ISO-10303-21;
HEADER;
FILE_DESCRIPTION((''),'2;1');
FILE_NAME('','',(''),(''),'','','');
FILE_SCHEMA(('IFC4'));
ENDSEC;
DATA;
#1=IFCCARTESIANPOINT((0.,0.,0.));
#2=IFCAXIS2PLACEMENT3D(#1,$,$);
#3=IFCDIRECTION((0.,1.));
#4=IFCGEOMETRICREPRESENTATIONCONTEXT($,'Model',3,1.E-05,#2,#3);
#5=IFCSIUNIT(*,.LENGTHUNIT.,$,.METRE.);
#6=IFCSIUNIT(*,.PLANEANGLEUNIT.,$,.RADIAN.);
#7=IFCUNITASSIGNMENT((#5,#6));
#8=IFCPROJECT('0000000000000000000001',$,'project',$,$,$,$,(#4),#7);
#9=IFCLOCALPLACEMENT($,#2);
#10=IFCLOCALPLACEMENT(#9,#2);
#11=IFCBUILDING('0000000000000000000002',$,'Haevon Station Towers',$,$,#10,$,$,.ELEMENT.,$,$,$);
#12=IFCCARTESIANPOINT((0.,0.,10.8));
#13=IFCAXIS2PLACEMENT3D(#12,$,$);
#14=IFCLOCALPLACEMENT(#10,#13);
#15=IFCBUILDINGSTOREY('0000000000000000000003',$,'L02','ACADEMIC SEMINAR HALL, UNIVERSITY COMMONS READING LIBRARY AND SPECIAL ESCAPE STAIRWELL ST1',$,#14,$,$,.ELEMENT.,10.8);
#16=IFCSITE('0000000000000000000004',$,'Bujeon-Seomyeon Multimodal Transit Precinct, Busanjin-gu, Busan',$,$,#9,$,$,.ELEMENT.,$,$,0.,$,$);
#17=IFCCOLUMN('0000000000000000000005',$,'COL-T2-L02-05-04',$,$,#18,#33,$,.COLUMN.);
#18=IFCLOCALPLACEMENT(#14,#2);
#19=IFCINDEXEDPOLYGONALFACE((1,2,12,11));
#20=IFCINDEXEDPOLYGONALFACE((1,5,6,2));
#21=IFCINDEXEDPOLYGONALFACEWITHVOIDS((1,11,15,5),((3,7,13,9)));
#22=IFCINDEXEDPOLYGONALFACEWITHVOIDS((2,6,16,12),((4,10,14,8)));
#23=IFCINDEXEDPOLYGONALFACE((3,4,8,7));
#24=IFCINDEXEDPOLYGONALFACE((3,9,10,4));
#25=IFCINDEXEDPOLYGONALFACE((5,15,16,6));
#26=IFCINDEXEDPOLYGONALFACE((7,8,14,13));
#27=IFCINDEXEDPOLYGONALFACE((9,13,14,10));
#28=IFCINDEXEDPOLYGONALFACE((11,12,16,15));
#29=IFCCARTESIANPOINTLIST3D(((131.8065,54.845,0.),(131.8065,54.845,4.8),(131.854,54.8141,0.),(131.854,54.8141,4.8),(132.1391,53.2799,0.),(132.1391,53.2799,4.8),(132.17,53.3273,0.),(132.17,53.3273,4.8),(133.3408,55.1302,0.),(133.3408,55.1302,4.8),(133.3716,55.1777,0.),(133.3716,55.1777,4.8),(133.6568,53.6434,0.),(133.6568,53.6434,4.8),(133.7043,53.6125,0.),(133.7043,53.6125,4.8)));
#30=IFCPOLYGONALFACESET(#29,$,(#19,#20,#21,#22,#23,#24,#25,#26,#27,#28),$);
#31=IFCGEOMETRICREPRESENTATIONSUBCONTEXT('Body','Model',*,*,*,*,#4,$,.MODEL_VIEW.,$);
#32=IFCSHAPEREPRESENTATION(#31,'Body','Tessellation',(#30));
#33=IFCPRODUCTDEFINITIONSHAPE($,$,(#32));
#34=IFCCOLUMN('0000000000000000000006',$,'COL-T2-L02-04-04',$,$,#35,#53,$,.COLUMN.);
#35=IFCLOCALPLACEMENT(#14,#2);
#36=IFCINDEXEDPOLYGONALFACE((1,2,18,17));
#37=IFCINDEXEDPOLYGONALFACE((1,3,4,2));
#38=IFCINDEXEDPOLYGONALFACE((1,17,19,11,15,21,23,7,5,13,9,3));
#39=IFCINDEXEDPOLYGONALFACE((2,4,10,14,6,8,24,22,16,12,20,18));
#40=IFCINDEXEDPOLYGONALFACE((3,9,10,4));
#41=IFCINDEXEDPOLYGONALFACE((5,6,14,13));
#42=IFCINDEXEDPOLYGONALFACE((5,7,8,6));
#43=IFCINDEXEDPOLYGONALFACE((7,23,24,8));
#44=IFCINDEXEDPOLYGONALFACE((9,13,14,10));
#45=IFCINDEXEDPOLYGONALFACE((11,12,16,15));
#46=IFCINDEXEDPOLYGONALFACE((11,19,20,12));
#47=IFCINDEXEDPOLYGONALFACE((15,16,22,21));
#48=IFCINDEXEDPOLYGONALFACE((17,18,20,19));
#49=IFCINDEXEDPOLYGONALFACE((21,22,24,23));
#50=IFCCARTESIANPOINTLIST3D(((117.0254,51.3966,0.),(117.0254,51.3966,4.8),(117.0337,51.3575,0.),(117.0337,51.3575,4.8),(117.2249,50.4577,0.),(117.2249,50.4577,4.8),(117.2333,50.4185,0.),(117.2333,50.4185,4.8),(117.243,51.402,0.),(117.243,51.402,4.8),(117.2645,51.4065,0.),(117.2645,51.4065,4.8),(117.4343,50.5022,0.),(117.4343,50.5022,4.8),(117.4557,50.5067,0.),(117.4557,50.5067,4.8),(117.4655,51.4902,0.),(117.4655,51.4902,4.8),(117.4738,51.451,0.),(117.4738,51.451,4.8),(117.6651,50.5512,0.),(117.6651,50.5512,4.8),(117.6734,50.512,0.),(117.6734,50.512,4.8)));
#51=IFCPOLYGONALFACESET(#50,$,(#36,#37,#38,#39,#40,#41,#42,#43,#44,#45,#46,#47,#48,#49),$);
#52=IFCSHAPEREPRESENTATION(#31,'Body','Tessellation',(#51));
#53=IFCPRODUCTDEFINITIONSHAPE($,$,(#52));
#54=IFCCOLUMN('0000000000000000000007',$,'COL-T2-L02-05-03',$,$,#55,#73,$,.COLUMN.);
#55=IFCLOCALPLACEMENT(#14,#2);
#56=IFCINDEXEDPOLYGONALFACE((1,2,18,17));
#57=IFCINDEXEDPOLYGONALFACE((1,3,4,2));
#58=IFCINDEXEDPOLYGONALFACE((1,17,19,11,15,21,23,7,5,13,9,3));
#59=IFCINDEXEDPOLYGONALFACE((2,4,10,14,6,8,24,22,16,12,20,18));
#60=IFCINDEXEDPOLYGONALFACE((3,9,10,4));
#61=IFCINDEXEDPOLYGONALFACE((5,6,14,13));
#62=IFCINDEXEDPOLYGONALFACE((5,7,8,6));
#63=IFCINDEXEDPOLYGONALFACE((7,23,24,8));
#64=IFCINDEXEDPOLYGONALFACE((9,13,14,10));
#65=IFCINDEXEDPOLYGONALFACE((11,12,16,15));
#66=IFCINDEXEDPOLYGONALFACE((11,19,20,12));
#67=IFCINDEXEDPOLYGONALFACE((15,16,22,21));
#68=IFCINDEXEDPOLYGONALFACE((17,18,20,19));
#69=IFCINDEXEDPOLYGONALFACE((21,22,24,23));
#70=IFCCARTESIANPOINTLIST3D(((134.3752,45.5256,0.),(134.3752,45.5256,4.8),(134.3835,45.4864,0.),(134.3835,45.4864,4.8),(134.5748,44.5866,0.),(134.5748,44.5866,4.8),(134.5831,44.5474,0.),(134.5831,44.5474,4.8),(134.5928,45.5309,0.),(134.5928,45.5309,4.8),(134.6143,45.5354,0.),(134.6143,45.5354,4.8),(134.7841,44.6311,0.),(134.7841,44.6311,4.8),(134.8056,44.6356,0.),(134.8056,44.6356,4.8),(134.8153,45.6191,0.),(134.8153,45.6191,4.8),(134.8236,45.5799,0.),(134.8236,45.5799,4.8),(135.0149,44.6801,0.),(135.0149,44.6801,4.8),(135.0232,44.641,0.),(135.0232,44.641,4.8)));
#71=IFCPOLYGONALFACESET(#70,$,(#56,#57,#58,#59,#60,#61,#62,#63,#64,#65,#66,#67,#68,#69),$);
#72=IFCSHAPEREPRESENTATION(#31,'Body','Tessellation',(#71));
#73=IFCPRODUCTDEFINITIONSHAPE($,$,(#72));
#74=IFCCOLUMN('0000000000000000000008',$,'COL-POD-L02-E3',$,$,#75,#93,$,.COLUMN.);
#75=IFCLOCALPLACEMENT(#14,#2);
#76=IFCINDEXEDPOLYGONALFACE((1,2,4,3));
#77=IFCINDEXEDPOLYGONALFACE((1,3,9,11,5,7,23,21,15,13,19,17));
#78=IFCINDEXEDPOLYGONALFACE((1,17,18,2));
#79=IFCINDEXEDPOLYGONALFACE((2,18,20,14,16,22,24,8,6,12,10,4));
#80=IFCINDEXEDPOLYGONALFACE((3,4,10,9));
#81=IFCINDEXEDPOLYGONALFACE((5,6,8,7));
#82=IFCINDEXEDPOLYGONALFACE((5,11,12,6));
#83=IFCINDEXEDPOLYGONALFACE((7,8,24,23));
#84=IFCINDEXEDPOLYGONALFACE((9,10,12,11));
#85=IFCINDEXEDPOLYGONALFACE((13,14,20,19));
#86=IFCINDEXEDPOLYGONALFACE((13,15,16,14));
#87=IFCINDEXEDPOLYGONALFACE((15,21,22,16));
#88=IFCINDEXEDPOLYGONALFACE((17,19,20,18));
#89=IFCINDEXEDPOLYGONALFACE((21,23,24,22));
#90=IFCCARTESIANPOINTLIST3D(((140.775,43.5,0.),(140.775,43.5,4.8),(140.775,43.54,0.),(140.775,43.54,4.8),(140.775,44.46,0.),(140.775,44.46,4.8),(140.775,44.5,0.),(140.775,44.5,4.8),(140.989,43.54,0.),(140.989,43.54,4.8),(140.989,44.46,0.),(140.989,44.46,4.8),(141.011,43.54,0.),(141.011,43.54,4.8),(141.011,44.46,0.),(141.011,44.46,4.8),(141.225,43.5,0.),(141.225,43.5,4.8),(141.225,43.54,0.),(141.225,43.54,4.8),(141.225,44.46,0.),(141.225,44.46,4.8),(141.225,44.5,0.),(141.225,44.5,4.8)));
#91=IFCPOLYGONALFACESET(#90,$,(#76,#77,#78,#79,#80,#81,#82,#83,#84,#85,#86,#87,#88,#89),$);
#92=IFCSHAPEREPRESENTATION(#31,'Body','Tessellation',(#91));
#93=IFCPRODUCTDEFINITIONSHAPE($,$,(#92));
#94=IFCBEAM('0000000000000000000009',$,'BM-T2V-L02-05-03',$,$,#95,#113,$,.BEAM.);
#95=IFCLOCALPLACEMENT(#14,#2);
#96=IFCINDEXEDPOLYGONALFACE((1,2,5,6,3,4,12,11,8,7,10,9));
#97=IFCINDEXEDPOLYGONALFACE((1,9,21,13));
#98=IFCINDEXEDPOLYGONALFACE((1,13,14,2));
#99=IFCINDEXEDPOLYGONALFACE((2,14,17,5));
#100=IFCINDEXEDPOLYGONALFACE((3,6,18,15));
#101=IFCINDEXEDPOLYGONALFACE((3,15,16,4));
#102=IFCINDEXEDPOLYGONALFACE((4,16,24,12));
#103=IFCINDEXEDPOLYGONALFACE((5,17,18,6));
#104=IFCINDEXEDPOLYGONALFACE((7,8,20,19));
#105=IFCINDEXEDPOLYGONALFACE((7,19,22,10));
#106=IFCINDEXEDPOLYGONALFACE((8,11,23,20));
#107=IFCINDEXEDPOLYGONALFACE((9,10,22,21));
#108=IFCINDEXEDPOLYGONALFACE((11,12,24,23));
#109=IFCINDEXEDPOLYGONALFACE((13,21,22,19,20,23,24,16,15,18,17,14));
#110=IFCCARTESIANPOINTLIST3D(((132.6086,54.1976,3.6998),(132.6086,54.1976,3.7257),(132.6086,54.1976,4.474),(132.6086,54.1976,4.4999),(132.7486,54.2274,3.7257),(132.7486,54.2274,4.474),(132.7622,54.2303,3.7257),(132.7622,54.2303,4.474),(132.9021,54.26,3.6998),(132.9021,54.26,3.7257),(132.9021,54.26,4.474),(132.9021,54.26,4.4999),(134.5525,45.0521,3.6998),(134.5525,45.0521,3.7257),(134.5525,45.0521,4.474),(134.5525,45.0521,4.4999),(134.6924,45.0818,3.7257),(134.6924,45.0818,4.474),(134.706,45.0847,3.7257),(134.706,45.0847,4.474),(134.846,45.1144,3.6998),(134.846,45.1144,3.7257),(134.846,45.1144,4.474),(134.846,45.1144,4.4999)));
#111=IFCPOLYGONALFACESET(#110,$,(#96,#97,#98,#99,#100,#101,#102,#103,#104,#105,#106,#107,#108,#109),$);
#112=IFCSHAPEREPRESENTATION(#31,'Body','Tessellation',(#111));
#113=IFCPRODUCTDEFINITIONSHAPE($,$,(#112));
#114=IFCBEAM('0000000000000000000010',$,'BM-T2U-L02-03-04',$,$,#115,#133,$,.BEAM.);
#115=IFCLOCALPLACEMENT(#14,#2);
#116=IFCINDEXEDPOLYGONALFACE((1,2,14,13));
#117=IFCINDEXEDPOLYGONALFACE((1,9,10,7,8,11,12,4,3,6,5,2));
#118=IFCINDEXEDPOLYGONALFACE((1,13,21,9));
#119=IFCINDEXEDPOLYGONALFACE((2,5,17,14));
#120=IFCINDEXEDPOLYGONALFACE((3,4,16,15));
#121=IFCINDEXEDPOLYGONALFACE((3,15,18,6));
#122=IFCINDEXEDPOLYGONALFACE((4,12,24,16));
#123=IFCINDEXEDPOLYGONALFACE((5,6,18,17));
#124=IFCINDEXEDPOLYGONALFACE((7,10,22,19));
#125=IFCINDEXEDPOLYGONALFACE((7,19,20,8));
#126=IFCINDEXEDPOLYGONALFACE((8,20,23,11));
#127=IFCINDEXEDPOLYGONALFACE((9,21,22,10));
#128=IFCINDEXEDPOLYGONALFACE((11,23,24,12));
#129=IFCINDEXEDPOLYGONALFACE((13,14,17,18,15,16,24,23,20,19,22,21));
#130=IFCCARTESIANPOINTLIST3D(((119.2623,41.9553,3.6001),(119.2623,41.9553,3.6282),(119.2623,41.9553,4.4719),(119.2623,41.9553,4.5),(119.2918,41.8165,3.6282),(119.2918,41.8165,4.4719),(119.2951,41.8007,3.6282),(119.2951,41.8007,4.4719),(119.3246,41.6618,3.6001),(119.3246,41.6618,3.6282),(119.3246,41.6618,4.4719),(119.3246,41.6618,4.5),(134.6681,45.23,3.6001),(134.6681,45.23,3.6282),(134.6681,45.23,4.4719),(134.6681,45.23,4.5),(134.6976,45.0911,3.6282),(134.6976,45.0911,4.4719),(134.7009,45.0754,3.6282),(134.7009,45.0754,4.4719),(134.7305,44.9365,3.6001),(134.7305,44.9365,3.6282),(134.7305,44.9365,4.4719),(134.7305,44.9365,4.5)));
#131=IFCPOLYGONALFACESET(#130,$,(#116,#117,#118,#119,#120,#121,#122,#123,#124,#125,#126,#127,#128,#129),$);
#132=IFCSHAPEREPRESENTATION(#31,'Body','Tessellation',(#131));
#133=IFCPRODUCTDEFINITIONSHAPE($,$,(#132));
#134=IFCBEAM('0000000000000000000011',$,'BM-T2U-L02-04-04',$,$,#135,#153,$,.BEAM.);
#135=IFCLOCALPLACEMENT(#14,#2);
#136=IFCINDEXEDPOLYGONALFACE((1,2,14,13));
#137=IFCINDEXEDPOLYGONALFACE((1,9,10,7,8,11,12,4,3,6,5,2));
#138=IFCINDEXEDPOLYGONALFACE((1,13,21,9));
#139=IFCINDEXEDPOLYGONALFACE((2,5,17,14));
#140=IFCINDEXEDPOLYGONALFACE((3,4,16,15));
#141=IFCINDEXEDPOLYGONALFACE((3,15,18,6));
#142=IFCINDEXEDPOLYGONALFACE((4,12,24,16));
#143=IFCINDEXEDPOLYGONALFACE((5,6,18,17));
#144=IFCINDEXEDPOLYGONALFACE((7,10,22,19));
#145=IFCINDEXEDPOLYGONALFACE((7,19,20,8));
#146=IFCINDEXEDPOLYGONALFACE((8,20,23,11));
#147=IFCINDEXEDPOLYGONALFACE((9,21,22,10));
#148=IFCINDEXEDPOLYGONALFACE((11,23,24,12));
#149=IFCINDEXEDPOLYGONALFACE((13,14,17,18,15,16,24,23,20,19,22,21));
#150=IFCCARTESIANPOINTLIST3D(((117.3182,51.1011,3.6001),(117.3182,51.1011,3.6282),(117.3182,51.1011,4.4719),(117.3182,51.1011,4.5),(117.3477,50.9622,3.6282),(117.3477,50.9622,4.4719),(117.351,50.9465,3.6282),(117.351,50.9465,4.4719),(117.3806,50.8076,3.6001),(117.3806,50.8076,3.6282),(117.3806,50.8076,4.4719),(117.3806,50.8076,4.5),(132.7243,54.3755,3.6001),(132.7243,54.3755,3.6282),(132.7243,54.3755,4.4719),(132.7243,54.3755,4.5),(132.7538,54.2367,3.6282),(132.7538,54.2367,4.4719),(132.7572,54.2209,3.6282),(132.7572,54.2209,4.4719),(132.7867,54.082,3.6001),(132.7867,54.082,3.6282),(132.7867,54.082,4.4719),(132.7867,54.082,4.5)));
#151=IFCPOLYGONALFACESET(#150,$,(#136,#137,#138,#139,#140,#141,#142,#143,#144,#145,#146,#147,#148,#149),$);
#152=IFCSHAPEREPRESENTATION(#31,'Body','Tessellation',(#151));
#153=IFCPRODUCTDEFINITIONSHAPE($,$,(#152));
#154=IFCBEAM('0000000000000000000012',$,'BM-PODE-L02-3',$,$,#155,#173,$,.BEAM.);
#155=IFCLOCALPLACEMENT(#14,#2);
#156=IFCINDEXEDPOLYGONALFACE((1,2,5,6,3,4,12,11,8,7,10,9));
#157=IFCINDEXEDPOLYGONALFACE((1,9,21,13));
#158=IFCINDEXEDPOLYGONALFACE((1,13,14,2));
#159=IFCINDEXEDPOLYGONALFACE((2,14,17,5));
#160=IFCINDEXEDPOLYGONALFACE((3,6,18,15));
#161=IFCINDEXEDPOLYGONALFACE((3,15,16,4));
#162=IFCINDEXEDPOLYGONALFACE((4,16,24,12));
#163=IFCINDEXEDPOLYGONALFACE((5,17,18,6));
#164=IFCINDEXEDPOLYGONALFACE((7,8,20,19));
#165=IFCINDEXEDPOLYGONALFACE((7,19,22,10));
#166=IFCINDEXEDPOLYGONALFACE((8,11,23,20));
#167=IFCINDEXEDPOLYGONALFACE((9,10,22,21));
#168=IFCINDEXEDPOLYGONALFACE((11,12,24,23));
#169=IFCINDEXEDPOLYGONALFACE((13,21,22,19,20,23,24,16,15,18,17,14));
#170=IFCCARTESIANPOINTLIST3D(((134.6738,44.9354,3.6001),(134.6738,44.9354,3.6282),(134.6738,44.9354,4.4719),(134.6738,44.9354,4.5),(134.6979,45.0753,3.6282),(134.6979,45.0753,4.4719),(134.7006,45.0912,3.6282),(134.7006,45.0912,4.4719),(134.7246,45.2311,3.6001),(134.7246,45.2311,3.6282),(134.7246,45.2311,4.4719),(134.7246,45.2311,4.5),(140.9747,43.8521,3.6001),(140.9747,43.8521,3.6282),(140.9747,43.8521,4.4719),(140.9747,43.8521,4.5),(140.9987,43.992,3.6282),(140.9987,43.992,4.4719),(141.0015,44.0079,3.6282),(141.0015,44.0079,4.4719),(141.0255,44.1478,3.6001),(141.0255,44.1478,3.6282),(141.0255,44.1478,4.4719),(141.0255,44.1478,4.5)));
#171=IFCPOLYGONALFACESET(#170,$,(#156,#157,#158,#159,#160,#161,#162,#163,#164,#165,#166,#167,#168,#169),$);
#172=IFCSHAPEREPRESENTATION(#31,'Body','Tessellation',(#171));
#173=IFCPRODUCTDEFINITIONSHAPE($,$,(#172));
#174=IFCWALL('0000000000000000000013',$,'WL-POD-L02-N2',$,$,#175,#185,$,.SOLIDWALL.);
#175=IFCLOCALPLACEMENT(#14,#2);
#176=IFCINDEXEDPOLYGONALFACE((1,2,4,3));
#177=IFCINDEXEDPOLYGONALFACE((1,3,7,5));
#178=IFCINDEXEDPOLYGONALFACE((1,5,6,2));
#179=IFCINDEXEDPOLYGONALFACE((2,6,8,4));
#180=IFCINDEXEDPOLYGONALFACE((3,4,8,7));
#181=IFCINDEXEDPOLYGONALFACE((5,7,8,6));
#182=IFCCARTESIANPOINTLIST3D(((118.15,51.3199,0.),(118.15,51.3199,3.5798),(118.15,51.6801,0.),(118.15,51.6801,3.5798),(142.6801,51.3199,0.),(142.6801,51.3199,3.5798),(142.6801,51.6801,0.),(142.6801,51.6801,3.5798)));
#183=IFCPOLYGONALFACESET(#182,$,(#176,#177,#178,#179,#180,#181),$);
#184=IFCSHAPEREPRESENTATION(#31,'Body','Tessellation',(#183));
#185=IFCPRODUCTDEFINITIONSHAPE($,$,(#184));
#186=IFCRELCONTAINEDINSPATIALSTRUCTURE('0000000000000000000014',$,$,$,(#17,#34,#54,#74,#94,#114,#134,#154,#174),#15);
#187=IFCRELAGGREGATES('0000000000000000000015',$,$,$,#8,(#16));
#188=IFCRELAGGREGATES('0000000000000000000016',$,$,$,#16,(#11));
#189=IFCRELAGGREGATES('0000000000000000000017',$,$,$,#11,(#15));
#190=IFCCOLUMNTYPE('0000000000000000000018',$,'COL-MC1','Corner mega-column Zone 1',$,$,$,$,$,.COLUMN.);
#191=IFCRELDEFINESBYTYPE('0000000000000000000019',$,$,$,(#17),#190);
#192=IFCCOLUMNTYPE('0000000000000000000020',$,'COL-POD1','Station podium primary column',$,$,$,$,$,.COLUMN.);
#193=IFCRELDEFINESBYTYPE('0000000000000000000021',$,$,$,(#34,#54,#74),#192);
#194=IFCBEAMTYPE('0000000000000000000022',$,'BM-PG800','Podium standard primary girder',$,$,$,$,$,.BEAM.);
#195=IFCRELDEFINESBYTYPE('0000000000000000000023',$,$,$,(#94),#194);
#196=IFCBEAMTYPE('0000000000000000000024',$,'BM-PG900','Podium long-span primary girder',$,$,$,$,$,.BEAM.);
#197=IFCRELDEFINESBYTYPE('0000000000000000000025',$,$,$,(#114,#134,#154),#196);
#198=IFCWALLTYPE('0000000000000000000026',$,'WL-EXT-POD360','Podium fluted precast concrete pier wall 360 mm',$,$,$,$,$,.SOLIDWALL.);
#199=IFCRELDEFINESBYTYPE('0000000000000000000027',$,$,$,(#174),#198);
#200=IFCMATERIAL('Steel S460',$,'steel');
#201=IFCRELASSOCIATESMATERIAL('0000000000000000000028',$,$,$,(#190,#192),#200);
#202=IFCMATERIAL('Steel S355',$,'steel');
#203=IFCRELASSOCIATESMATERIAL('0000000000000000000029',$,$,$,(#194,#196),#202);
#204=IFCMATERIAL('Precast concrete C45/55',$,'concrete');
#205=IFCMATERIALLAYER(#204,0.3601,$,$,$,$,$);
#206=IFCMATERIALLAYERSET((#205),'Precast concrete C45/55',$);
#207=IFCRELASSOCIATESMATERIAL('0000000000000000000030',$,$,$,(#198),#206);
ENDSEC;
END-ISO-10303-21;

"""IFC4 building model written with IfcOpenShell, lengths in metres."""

from ifc_helpers import new_model, si_unit, direction, frame, frame_2d, origin, origin_2d, place, context, subcontext, project, spatial, rectangle, hollow_rectangle, i_section, extrude, material, layer, layer_set, material_profile, profile_set, type_object, element, save


model = new_model("IFC4")

# Units and contexts
model_context = context("Model", 3, precision=1e-05, world=origin(), true_north=direction((0.0, 1.0)))
body_context = subcontext(model_context, "Body", "Model", "MODEL_VIEW")
ifc_project = project(units=[si_unit("LENGTHUNIT", "METRE"), si_unit("PLANEANGLEUNIT", "RADIAN")], contexts=[model_context])

# Site, building, storey
site_placement = place(None, origin())
site = spatial("IfcSite", under=ifc_project, at=site_placement, Name="Bujeon-Seomyeon Multimodal Transit Precinct, Busanjin-gu, Busan", CompositionType="ELEMENT", RefElevation=0.0)
building_placement = place(site_placement, origin())
building = spatial("IfcBuilding", under=site, at=building_placement, Name="Haevon Station Towers", CompositionType="ELEMENT")
storey_placement = place(building_placement, frame((0.0, 0.0, 10.8)))
storey = spatial("IfcBuildingStorey", under=building, at=storey_placement, Name="L02", Description="ACADEMIC SEMINAR HALL, UNIVERSITY COMMONS READING LIBRARY AND SPECIAL ESCAPE STAIRWELL ST1", CompositionType="ELEMENT", Elevation=10.8)

# Columns
ifc_material_1 = material(Name="Steel S460", Category="steel")
ifc_material_profile_1 = material_profile(ifc_material_1, hollow_rectangle(XDim=1.6001, YDim=1.6001, WallThickness=0.04, at=origin_2d()), Name="BOX-1600x1600x40")
ifc_profile_set_1 = profile_set([ifc_material_profile_1], Name="Steel S460")
column_type_1 = type_object("IfcColumnType", Name="COL-MC1", Description="Corner mega-column Zone 1", PredefinedType="COLUMN", material=ifc_profile_set_1)
column_placement = place(storey_placement, frame((132.7554, 54.2288, 0.0), z_axis=(0.0, 0.0, 1.0), x_axis=(0.978148, 0.207912, 0.0)))
element("IfcColumn", 1, at=column_placement, inside=storey, type_object=column_type_1, Name="COL-T2-L02-05-04", PredefinedType="COLUMN", context=body_context, shape_type="SweptSolid", body=[
    extrude(hollow_rectangle(XDim=1.6001, YDim=1.6001, WallThickness=0.04, at=origin_2d()), origin(), (0.0, 0.0, 1.0), 4.8),
])
ifc_material_profile_2 = material_profile(ifc_material_1, i_section(OverallWidth=0.45, OverallDepth=1.0, WebThickness=0.022, FlangeThickness=0.04, at=origin_2d()), Name="H-1000x450x22x40")
ifc_profile_set_2 = profile_set([ifc_material_profile_2], Name="Steel S460")
column_type_2 = type_object("IfcColumnType", Name="COL-POD1", Description="Station podium primary column", PredefinedType="COLUMN", material=ifc_profile_set_2)
for number, where, z_axis, x_axis, name in (
    (2, (117.3494, 50.9543, 0.0), (0.0, 0.0, 1.0), (0.978148, 0.207912, 0.0), "COL-T2-L02-04-04"),
    (3, (134.6992, 45.0833, 0.0), (0.0, 0.0, 1.0), (0.978148, 0.207912, 0.0), "COL-T2-L02-05-03"),
    (4, (141.0, 44.0, 0.0), (0.0, 0.0, 1.0), (1.0, 0.0, 0.0), "COL-POD-L02-E3"),
):
    element("IfcColumn", number, at=place(storey_placement, frame(where, z_axis=z_axis, x_axis=x_axis)), inside=storey, type_object=column_type_2, Name=name, PredefinedType="COLUMN", context=body_context, shape_type="SweptSolid", body=[
        extrude(i_section(OverallWidth=0.45, OverallDepth=1.0, WebThickness=0.022, FlangeThickness=0.04, at=origin_2d()), origin(), (0.0, 0.0, 1.0), 4.8),
    ])

# Beams
ifc_material_2 = material(Name="Steel S355", Category="steel")
ifc_material_profile_3 = material_profile(ifc_material_2, i_section(OverallWidth=0.3, OverallDepth=0.8, WebThickness=0.0139, FlangeThickness=0.0259, at=origin_2d()), Name="H-800x300x14x26")
ifc_profile_set_3 = profile_set([ifc_material_profile_3], Name="Steel S355")
beam_type_1 = type_object("IfcBeamType", Name="BM-PG800", Description="Podium standard primary girder", PredefinedType="BEAM", material=ifc_profile_set_3)
beam_1_placement = place(storey_placement, frame((134.6992, 45.0833, 4.0999), z_axis=(-0.207902, 0.97815, 0.0), x_axis=(-0.97815, -0.207902, 0.0)))
element("IfcBeam", 5, at=beam_1_placement, inside=storey, type_object=beam_type_1, Name="BM-T2V-L02-05-03", PredefinedType="BEAM", context=body_context, shape_type="SweptSolid", body=[
    extrude(i_section(OverallWidth=0.3, OverallDepth=0.8, WebThickness=0.0139, FlangeThickness=0.0259, at=origin_2d()), origin(), (0.0, 0.0, 1.0), 9.3499),
])
ifc_material_profile_4 = material_profile(ifc_material_2, i_section(OverallWidth=0.3, OverallDepth=0.8999, WebThickness=0.0161, FlangeThickness=0.0281, at=origin_2d()), Name="H-900x300x16x28")
ifc_profile_set_4 = profile_set([ifc_material_profile_4], Name="Steel S355")
beam_type_2 = type_object("IfcBeamType", Name="BM-PG900", Description="Podium long-span primary girder", PredefinedType="BEAM", material=ifc_profile_set_4)
beam_2_placement = place(storey_placement, frame((119.2935, 41.8086, 4.05), z_axis=(0.978147, 0.207915, 0.0), x_axis=(-0.207915, 0.978147, 0.0)))
element("IfcBeam", 6, at=beam_2_placement, inside=storey, type_object=beam_type_2, Name="BM-T2U-L02-03-04", PredefinedType="BEAM", context=body_context, shape_type="SweptSolid", body=[
    extrude(i_section(OverallWidth=0.3, OverallDepth=0.8999, WebThickness=0.0161, FlangeThickness=0.0281, at=origin_2d()), origin(), (0.0, 0.0, 1.0), 15.75),
])
beam_3_placement = place(storey_placement, frame((117.3494, 50.9543, 4.05), z_axis=(0.978151, 0.207898, 0.0), x_axis=(-0.207898, 0.978151, 0.0)))
element("IfcBeam", 7, at=beam_3_placement, inside=storey, type_object=beam_type_2, Name="BM-T2U-L02-04-04", PredefinedType="BEAM", context=body_context, shape_type="SweptSolid", body=[
    extrude(i_section(OverallWidth=0.3, OverallDepth=0.8999, WebThickness=0.0161, FlangeThickness=0.0281, at=origin_2d()), origin(), (0.0, 0.0, 1.0), 15.7502),
])
beam_4_placement = place(storey_placement, frame((134.6992, 45.0833, 4.05), z_axis=(0.985541, -0.169438, 0.0), x_axis=(0.169438, 0.985541, 0.0)))
element("IfcBeam", 8, at=beam_4_placement, inside=storey, type_object=beam_type_2, Name="BM-PODE-L02-3", PredefinedType="BEAM", context=body_context, shape_type="SweptSolid", body=[
    extrude(i_section(OverallWidth=0.3, OverallDepth=0.8999, WebThickness=0.0161, FlangeThickness=0.0281, at=origin_2d()), origin(), (0.0, 0.0, 1.0), 6.3933),
])

# Wall
ifc_material_3 = material(Name="Precast concrete C45/55", Category="concrete")
ifc_layer = layer(ifc_material_3, 0.3601)
ifc_layer_set = layer_set([ifc_layer], Name="Precast concrete C45/55")
wall_type = type_object("IfcWallType", Name="WL-EXT-POD360", Description="Podium fluted precast concrete pier wall 360 mm", PredefinedType="SOLIDWALL", material=ifc_layer_set)
wall_1_placement = place(storey_placement, frame((118.1499, 51.5, 0.0), z_axis=(0.0, 0.0, 1.0), x_axis=(1.0, 0.0, 0.0)))
element("IfcWall", 9, at=wall_1_placement, inside=storey, type_object=wall_type, Name="WL-POD-L02-N2", PredefinedType="SOLIDWALL", context=body_context, shape_type="SweptSolid", body=[
    extrude(rectangle(XDim=24.53, YDim=0.3601, at=frame_2d((12.2651, 0.0))), origin(), (0.0, 0.0, 1.0), 3.5798),
])

save(model, "model.ifc")
